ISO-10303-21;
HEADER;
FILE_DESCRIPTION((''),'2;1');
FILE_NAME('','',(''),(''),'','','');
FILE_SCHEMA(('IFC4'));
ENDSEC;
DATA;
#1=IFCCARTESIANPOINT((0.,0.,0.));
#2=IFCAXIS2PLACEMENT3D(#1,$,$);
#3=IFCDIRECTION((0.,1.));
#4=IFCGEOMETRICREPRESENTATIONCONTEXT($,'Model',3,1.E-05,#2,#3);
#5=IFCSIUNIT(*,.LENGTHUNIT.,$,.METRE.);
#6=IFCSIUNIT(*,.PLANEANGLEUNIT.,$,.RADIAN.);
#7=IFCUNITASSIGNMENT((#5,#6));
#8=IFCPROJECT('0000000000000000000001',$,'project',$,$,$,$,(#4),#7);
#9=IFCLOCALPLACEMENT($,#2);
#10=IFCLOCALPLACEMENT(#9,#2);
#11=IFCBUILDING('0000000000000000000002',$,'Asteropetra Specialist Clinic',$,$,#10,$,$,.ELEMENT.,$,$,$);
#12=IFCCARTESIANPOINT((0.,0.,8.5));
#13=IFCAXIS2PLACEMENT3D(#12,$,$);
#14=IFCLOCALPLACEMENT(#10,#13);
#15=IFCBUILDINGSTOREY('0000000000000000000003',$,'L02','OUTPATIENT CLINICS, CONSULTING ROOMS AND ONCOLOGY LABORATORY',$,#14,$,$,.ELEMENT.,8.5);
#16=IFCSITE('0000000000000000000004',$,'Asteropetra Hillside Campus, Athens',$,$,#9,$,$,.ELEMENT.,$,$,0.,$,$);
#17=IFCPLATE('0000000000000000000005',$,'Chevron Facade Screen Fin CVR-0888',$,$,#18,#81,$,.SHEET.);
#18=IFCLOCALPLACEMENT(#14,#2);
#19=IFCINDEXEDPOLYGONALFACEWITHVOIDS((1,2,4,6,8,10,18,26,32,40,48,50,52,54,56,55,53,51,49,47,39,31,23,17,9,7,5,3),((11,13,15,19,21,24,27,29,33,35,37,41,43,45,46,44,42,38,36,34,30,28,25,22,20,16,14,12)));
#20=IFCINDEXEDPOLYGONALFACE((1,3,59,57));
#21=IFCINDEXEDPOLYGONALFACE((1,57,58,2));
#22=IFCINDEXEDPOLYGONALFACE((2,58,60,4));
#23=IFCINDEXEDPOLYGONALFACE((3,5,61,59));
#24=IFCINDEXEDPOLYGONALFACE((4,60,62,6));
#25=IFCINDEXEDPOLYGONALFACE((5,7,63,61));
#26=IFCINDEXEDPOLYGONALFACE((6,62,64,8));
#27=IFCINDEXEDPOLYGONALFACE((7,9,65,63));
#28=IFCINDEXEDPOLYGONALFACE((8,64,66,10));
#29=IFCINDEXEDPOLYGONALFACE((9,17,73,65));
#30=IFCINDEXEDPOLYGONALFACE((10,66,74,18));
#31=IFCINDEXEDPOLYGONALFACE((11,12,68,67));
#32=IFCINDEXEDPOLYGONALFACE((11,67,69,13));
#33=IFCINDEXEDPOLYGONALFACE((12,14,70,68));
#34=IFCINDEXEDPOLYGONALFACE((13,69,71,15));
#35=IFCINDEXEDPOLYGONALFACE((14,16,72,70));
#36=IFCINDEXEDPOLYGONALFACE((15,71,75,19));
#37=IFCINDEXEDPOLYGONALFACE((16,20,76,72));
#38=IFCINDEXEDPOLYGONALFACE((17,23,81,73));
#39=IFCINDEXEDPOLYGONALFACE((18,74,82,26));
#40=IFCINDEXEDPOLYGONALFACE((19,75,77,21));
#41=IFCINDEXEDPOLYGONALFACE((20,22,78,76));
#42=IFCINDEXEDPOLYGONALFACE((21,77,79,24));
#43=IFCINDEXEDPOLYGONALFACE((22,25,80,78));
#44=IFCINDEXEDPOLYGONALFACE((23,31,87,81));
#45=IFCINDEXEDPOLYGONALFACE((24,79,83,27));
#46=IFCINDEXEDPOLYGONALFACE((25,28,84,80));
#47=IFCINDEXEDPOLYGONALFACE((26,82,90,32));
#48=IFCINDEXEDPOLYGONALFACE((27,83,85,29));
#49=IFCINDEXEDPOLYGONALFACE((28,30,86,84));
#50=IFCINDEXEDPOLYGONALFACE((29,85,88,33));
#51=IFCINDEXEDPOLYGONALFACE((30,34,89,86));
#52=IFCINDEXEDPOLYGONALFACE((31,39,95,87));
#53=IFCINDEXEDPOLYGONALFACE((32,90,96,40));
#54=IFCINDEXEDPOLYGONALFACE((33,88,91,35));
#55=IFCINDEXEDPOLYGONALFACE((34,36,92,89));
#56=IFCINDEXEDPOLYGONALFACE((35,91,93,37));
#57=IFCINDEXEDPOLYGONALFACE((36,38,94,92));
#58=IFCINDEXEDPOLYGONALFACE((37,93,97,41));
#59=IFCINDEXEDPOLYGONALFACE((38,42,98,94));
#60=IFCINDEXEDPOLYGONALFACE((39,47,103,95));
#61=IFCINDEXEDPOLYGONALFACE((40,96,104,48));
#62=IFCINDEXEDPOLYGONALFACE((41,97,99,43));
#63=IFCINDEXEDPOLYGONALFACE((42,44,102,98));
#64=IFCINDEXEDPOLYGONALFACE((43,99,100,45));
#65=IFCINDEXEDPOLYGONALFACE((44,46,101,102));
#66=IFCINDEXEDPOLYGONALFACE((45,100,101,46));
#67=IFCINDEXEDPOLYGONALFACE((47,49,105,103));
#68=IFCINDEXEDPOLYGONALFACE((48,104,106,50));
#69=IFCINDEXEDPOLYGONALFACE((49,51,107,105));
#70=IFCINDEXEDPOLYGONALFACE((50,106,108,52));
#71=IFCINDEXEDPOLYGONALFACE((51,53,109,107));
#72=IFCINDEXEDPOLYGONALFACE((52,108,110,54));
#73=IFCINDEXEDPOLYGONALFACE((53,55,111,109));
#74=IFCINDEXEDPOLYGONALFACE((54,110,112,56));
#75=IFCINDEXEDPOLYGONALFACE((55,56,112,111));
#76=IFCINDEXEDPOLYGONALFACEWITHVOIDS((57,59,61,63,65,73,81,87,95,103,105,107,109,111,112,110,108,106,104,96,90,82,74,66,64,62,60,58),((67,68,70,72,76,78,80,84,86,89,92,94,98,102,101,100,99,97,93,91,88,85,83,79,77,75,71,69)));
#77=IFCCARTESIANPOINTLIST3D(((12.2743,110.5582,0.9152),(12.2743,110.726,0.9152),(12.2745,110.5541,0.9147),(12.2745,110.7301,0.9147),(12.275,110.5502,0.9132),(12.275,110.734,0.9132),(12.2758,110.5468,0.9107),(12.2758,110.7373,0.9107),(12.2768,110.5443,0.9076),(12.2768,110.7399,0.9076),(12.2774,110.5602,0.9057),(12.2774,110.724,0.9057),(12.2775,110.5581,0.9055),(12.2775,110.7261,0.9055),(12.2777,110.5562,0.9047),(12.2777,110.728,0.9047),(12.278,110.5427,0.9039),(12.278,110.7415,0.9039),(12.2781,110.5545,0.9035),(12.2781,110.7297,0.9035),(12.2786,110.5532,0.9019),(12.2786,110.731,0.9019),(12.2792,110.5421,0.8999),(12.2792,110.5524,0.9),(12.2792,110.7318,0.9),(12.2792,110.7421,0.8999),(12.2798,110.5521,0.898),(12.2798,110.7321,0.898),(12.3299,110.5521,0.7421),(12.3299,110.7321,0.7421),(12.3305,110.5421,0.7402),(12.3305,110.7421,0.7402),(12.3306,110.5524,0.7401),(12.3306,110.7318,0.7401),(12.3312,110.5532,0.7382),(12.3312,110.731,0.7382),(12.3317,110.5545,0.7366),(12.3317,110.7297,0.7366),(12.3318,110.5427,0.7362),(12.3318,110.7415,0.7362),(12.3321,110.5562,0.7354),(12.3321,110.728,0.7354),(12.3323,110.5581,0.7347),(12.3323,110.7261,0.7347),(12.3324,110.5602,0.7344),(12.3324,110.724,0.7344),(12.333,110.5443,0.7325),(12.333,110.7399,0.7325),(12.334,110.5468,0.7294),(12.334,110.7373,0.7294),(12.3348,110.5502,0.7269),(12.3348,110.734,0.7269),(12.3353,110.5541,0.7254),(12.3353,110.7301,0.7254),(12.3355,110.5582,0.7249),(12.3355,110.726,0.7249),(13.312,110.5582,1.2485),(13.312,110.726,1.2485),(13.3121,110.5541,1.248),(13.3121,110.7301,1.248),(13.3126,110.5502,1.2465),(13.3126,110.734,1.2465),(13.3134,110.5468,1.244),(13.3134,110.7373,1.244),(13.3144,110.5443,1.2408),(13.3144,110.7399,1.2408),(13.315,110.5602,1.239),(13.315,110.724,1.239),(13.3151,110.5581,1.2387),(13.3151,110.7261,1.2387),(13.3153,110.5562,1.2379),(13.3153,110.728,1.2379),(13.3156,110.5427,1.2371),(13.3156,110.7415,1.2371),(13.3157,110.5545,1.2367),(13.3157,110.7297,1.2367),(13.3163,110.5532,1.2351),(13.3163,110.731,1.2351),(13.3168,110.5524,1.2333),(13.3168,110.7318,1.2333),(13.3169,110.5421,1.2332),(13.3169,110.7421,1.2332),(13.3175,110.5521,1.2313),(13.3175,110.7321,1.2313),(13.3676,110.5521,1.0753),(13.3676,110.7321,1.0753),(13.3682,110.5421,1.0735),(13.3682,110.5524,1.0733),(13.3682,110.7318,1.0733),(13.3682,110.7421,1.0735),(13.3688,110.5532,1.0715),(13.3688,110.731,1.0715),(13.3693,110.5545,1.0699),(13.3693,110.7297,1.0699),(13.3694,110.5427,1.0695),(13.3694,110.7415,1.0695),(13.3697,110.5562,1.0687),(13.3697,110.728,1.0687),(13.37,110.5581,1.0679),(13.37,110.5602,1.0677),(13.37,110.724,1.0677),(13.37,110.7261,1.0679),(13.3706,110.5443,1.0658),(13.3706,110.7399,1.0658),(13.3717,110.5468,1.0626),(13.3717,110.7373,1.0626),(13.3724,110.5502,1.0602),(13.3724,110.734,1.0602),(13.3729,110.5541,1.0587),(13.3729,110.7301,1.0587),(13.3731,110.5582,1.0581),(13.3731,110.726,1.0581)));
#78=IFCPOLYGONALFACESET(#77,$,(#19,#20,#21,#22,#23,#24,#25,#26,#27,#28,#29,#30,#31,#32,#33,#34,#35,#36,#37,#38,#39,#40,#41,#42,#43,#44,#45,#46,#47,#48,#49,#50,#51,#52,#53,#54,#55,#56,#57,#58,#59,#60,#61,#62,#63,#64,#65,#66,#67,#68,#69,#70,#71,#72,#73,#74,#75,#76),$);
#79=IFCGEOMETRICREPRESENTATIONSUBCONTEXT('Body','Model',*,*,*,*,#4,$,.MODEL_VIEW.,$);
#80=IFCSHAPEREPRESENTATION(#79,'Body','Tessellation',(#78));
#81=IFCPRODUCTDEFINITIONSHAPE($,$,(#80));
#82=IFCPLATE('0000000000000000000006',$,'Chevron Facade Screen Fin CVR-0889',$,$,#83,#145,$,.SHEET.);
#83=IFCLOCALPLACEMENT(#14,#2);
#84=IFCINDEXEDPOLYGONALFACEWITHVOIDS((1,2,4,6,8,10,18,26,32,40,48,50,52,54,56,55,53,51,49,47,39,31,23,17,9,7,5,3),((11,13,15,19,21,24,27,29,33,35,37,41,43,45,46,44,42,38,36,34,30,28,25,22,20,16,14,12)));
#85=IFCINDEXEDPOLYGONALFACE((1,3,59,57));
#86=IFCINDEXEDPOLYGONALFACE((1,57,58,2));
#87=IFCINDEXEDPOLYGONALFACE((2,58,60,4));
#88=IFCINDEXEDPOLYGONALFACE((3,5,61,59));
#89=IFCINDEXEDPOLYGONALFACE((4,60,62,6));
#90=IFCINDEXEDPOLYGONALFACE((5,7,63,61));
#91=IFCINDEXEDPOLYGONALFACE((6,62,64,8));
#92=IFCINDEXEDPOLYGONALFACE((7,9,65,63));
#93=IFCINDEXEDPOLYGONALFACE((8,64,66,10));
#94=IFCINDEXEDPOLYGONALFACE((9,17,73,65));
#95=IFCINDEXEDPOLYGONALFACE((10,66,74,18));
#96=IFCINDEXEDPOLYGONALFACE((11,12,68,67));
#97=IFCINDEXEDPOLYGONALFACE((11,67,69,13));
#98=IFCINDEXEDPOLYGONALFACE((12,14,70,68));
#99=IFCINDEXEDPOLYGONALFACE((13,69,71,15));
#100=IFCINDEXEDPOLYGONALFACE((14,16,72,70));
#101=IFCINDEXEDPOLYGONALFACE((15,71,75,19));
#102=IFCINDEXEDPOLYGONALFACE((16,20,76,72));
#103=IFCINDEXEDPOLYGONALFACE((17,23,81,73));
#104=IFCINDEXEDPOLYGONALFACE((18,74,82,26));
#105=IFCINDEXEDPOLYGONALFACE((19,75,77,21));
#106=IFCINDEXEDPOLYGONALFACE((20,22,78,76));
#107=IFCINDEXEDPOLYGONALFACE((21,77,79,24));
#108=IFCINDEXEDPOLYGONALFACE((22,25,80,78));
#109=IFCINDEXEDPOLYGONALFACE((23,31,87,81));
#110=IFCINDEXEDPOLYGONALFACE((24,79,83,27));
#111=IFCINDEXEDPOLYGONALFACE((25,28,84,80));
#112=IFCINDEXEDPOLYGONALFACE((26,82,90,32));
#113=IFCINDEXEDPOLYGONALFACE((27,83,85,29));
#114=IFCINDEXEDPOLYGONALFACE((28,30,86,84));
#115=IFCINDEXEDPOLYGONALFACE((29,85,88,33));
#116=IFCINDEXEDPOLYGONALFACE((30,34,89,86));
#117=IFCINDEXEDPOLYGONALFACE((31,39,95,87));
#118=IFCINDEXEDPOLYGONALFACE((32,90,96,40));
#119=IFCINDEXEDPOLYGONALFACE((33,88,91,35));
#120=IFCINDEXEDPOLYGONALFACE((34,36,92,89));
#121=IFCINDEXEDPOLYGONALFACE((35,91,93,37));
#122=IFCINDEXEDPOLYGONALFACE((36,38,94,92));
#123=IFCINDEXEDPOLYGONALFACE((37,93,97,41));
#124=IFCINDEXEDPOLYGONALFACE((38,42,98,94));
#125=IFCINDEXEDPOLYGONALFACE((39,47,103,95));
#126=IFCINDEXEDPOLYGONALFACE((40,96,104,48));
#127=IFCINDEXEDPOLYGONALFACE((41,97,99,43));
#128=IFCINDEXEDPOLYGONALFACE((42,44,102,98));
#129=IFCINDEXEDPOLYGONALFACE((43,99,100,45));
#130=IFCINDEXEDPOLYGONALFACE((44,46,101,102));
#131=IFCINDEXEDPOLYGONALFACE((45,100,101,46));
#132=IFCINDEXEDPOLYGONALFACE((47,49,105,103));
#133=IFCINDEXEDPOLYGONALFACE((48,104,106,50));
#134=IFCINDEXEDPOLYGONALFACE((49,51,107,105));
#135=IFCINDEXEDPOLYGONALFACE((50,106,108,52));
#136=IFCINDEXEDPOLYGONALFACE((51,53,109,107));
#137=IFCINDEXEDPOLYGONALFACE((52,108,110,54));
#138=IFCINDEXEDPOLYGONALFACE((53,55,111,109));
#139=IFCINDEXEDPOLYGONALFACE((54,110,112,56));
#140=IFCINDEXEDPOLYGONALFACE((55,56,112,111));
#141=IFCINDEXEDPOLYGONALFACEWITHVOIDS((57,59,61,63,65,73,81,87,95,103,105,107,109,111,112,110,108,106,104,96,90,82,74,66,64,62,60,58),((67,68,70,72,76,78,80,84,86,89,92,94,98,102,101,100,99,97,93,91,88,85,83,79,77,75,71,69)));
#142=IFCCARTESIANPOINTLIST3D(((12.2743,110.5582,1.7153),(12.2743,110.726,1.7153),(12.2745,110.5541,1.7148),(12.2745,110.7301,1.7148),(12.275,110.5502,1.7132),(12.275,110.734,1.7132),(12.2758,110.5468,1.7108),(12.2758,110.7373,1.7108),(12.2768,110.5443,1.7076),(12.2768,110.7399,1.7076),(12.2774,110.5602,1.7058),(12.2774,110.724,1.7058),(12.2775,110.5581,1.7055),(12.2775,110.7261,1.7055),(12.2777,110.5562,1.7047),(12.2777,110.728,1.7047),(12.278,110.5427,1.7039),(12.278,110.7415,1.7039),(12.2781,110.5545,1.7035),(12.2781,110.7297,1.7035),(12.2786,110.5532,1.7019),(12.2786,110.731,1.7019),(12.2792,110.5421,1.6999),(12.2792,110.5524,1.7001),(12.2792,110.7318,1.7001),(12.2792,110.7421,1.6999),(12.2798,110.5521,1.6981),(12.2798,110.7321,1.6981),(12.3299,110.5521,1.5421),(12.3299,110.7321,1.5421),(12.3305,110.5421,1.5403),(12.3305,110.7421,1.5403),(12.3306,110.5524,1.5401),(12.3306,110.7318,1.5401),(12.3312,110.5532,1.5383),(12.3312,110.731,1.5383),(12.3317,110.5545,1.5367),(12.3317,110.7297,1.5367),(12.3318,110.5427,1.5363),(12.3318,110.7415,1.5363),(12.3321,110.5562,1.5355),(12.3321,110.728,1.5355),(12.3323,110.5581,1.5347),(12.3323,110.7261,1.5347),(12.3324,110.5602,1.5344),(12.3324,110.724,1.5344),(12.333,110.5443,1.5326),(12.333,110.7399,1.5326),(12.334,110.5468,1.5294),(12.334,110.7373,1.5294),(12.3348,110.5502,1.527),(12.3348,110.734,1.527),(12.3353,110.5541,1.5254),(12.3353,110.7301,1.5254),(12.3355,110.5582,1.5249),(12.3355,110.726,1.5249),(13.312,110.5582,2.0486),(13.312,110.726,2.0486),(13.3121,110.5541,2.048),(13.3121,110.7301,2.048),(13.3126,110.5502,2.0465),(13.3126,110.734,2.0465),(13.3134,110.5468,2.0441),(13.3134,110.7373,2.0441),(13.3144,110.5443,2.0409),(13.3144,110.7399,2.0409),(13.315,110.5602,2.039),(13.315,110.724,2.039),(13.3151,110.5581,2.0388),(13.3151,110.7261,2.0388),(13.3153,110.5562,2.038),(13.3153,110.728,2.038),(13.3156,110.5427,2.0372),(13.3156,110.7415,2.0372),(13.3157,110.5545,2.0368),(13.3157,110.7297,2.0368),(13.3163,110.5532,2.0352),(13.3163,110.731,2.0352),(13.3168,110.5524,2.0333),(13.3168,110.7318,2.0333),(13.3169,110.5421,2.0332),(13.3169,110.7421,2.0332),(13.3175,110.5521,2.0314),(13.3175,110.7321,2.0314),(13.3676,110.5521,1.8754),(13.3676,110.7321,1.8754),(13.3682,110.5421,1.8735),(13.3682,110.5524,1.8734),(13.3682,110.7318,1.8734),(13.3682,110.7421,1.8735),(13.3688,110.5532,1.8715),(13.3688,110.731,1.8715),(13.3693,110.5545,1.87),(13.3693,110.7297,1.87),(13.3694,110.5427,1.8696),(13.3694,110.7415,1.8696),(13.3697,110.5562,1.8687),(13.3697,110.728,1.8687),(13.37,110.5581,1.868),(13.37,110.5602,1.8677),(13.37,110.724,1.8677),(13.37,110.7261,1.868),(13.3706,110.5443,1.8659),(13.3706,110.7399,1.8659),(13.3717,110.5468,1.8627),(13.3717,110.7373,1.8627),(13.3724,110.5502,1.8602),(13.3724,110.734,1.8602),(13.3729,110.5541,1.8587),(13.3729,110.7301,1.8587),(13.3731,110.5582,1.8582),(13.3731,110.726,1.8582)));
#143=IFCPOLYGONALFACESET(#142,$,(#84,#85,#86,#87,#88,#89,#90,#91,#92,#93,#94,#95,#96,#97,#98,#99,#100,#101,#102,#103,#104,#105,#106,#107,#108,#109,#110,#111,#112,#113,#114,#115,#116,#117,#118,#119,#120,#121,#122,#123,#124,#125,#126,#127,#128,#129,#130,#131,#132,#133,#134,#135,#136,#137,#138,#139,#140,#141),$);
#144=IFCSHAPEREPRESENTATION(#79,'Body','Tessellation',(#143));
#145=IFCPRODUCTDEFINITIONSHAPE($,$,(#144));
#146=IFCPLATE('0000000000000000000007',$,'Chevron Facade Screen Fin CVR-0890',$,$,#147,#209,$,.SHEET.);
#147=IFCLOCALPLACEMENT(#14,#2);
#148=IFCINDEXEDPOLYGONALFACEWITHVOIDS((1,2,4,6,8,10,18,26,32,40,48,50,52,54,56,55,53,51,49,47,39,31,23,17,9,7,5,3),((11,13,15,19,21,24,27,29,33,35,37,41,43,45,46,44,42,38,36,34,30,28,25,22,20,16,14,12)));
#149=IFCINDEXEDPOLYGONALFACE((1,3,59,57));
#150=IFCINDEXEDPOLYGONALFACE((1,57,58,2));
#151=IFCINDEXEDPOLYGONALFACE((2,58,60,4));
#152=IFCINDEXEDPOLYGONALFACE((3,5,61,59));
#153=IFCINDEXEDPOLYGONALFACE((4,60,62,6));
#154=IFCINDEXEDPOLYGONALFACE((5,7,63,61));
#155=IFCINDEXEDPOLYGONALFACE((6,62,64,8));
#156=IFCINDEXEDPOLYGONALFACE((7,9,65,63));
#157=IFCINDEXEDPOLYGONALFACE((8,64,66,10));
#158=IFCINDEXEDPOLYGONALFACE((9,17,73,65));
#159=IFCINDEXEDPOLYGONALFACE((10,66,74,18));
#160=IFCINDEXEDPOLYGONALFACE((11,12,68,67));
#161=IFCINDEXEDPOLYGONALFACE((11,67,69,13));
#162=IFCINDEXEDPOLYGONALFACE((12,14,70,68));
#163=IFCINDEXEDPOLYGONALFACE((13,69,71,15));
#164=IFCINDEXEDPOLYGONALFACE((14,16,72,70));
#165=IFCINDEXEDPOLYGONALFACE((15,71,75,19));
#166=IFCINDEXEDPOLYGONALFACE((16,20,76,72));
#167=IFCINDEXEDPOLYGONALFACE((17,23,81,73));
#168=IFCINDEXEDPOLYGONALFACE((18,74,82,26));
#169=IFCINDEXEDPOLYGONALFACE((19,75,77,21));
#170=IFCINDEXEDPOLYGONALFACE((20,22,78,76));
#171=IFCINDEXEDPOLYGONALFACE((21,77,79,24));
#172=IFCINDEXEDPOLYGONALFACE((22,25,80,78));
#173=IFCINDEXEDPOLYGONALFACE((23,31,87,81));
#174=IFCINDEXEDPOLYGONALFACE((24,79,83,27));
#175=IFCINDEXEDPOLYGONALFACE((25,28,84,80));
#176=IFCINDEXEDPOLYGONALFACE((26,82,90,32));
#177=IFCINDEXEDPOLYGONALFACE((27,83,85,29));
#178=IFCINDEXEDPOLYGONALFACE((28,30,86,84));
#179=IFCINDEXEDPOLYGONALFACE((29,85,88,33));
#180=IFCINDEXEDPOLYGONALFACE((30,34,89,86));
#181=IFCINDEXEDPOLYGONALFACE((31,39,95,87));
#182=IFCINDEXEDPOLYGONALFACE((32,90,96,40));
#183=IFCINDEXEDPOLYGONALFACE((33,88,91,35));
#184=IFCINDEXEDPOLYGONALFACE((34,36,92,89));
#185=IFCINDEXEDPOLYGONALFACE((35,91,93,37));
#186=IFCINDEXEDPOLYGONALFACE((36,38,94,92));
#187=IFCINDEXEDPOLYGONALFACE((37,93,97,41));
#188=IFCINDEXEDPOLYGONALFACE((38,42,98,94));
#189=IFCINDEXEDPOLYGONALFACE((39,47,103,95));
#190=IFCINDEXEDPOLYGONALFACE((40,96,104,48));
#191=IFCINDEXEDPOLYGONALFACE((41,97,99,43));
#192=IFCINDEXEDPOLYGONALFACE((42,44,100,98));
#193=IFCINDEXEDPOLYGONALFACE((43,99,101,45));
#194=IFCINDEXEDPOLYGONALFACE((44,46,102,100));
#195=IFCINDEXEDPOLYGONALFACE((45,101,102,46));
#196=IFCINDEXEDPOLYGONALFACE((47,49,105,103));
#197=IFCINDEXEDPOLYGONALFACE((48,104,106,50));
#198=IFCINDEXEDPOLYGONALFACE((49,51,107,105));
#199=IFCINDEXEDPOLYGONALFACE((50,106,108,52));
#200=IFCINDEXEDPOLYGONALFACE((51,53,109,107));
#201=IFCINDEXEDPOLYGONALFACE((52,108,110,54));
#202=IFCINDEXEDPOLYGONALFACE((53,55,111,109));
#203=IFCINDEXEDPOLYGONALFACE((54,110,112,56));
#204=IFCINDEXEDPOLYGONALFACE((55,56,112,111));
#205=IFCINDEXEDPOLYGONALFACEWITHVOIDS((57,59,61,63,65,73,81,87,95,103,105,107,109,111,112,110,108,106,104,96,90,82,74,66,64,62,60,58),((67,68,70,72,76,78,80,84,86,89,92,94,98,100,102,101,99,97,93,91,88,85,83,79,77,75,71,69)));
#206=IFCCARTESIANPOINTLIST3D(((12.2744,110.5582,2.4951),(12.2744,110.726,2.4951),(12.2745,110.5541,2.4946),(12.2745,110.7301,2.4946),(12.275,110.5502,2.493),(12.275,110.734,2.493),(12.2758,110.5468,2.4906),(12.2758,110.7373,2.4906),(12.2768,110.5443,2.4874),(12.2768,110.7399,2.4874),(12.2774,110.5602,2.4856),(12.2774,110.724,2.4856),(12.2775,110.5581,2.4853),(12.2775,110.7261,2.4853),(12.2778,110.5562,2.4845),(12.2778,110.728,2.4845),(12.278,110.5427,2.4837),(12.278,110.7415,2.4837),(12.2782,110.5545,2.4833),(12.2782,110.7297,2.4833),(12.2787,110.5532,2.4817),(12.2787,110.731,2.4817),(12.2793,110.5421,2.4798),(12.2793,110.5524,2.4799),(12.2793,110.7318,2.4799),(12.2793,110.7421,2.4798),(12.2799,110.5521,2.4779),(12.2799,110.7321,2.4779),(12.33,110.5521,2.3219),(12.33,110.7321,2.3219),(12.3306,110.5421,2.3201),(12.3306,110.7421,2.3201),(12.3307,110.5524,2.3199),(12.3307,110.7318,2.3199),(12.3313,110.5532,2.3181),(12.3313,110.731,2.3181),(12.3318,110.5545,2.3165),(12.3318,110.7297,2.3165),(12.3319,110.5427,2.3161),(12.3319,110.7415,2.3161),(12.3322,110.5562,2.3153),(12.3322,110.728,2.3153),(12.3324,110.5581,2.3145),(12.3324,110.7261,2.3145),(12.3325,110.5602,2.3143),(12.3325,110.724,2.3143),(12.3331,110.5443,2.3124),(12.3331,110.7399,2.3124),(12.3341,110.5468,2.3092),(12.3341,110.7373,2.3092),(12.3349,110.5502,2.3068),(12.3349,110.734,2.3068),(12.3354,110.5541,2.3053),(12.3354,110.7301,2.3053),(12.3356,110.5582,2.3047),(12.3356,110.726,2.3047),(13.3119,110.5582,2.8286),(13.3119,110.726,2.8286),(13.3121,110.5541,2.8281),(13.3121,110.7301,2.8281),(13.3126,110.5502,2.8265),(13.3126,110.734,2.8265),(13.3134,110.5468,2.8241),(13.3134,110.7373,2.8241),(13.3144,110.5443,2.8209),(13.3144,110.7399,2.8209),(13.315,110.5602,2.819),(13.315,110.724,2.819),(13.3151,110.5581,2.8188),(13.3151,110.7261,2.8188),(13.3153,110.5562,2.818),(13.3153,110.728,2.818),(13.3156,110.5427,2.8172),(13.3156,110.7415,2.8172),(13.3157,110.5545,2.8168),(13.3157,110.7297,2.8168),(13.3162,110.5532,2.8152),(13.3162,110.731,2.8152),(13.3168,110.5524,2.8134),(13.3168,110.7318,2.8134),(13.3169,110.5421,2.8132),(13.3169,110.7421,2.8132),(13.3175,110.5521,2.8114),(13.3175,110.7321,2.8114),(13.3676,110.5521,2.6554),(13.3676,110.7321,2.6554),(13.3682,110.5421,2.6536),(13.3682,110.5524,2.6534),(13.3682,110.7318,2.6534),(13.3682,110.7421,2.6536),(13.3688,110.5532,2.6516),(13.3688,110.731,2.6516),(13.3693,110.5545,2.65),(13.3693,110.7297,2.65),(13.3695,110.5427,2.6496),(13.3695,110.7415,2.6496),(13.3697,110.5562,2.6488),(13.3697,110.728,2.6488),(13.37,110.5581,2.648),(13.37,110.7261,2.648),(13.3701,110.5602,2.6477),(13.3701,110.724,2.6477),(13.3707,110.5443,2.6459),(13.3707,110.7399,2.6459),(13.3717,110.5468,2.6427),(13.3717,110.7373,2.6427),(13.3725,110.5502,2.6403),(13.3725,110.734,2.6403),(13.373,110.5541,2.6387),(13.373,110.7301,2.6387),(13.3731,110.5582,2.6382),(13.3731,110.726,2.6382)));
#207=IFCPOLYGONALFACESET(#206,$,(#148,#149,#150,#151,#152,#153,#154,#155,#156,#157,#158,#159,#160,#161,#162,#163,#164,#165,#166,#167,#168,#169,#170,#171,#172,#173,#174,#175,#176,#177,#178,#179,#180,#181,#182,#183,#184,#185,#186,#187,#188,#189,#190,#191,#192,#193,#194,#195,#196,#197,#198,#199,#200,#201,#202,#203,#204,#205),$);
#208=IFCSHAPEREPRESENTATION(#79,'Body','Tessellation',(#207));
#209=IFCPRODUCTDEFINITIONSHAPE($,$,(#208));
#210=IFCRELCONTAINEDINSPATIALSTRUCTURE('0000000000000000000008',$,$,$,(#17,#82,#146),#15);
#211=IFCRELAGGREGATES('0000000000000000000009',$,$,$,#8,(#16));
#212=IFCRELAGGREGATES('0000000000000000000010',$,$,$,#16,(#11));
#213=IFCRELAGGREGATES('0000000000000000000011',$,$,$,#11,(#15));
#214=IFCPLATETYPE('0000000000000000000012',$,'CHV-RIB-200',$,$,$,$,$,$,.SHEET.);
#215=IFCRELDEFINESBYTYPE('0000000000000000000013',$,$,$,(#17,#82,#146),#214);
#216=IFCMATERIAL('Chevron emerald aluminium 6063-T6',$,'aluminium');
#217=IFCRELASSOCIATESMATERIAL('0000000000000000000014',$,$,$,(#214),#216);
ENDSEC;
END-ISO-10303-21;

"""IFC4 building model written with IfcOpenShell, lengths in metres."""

from ifc_helpers import new_model, si_unit, direction, frame, origin, origin_2d, place, context, subcontext, project, spatial, hollow_rectangle, extrude, material, material_profile, profile_set, type_object, element, save


model = new_model("IFC4")

# Units and contexts
model_context = context("Model", 3, precision=1e-05, world=origin(), true_north=direction((0.0, 1.0)))
body_context = subcontext(model_context, "Body", "Model", "MODEL_VIEW")
ifc_project = project(units=[si_unit("LENGTHUNIT", "METRE"), si_unit("PLANEANGLEUNIT", "RADIAN")], contexts=[model_context])

# Site, building, storey
site_placement = place(None, origin())
site = spatial("IfcSite", under=ifc_project, at=site_placement, Name="Asteropetra Hillside Campus, Athens", CompositionType="ELEMENT", RefElevation=0.0)
building_placement = place(site_placement, origin())
building = spatial("IfcBuilding", under=site, at=building_placement, Name="Asteropetra Specialist Clinic", CompositionType="ELEMENT")
storey_placement = place(building_placement, frame((0.0, 0.0, 8.5)))
storey = spatial("IfcBuildingStorey", under=building, at=storey_placement, Name="L02", Description="OUTPATIENT CLINICS, CONSULTING ROOMS AND ONCOLOGY LABORATORY", CompositionType="ELEMENT", Elevation=8.5)

# Plates
ifc_material_1 = material(Name="Chevron emerald aluminium 6063-T6", Category="aluminium")
ifc_material_profile_1 = material_profile(ifc_material_1, hollow_rectangle(XDim=0.2, YDim=0.2, WallThickness=0.01, InnerFilletRadius=0.0081, OuterFilletRadius=0.0161, at=origin_2d()), Name="SHS 200x200x10.0")
ifc_profile_set_1 = profile_set([ifc_material_profile_1], Name="Chevron emerald aluminium 6063-T6")
plate_type_1 = type_object("IfcPlateType", Name="CHV-RIB-200", PredefinedType="SHEET", material=ifc_profile_set_1)
for number, where, z_axis, x_axis, name in (
    (1, (13.3425, 110.6421, 1.1533), (-0.952098, 0.0, -0.305792), (0.0, -1.0, 0.0), "Chevron Facade Screen Fin CVR-0888"),
    (2, (13.3425, 110.6421, 1.9534), (-0.952098, 0.0, -0.305792), (0.0, -1.0, 0.0), "Chevron Facade Screen Fin CVR-0889"),
    (3, (13.3425, 110.6421, 2.7334), (-0.952033, 0.0, -0.305995), (0.0, -1.0, 0.0), "Chevron Facade Screen Fin CVR-0890"),
):
    element("IfcPlate", number, at=place(storey_placement, frame(where, z_axis=z_axis, x_axis=x_axis)), inside=storey, type_object=plate_type_1, Name=name, PredefinedType="SHEET", context=body_context, shape_type="SweptSolid", body=[
        extrude(hollow_rectangle(XDim=0.2, YDim=0.2, WallThickness=0.01, InnerFilletRadius=0.0081, OuterFilletRadius=0.0161, at=origin_2d()), origin(), (0.0, 0.0, 1.0), 1.0898),
    ])

save(model, "model.ifc")
